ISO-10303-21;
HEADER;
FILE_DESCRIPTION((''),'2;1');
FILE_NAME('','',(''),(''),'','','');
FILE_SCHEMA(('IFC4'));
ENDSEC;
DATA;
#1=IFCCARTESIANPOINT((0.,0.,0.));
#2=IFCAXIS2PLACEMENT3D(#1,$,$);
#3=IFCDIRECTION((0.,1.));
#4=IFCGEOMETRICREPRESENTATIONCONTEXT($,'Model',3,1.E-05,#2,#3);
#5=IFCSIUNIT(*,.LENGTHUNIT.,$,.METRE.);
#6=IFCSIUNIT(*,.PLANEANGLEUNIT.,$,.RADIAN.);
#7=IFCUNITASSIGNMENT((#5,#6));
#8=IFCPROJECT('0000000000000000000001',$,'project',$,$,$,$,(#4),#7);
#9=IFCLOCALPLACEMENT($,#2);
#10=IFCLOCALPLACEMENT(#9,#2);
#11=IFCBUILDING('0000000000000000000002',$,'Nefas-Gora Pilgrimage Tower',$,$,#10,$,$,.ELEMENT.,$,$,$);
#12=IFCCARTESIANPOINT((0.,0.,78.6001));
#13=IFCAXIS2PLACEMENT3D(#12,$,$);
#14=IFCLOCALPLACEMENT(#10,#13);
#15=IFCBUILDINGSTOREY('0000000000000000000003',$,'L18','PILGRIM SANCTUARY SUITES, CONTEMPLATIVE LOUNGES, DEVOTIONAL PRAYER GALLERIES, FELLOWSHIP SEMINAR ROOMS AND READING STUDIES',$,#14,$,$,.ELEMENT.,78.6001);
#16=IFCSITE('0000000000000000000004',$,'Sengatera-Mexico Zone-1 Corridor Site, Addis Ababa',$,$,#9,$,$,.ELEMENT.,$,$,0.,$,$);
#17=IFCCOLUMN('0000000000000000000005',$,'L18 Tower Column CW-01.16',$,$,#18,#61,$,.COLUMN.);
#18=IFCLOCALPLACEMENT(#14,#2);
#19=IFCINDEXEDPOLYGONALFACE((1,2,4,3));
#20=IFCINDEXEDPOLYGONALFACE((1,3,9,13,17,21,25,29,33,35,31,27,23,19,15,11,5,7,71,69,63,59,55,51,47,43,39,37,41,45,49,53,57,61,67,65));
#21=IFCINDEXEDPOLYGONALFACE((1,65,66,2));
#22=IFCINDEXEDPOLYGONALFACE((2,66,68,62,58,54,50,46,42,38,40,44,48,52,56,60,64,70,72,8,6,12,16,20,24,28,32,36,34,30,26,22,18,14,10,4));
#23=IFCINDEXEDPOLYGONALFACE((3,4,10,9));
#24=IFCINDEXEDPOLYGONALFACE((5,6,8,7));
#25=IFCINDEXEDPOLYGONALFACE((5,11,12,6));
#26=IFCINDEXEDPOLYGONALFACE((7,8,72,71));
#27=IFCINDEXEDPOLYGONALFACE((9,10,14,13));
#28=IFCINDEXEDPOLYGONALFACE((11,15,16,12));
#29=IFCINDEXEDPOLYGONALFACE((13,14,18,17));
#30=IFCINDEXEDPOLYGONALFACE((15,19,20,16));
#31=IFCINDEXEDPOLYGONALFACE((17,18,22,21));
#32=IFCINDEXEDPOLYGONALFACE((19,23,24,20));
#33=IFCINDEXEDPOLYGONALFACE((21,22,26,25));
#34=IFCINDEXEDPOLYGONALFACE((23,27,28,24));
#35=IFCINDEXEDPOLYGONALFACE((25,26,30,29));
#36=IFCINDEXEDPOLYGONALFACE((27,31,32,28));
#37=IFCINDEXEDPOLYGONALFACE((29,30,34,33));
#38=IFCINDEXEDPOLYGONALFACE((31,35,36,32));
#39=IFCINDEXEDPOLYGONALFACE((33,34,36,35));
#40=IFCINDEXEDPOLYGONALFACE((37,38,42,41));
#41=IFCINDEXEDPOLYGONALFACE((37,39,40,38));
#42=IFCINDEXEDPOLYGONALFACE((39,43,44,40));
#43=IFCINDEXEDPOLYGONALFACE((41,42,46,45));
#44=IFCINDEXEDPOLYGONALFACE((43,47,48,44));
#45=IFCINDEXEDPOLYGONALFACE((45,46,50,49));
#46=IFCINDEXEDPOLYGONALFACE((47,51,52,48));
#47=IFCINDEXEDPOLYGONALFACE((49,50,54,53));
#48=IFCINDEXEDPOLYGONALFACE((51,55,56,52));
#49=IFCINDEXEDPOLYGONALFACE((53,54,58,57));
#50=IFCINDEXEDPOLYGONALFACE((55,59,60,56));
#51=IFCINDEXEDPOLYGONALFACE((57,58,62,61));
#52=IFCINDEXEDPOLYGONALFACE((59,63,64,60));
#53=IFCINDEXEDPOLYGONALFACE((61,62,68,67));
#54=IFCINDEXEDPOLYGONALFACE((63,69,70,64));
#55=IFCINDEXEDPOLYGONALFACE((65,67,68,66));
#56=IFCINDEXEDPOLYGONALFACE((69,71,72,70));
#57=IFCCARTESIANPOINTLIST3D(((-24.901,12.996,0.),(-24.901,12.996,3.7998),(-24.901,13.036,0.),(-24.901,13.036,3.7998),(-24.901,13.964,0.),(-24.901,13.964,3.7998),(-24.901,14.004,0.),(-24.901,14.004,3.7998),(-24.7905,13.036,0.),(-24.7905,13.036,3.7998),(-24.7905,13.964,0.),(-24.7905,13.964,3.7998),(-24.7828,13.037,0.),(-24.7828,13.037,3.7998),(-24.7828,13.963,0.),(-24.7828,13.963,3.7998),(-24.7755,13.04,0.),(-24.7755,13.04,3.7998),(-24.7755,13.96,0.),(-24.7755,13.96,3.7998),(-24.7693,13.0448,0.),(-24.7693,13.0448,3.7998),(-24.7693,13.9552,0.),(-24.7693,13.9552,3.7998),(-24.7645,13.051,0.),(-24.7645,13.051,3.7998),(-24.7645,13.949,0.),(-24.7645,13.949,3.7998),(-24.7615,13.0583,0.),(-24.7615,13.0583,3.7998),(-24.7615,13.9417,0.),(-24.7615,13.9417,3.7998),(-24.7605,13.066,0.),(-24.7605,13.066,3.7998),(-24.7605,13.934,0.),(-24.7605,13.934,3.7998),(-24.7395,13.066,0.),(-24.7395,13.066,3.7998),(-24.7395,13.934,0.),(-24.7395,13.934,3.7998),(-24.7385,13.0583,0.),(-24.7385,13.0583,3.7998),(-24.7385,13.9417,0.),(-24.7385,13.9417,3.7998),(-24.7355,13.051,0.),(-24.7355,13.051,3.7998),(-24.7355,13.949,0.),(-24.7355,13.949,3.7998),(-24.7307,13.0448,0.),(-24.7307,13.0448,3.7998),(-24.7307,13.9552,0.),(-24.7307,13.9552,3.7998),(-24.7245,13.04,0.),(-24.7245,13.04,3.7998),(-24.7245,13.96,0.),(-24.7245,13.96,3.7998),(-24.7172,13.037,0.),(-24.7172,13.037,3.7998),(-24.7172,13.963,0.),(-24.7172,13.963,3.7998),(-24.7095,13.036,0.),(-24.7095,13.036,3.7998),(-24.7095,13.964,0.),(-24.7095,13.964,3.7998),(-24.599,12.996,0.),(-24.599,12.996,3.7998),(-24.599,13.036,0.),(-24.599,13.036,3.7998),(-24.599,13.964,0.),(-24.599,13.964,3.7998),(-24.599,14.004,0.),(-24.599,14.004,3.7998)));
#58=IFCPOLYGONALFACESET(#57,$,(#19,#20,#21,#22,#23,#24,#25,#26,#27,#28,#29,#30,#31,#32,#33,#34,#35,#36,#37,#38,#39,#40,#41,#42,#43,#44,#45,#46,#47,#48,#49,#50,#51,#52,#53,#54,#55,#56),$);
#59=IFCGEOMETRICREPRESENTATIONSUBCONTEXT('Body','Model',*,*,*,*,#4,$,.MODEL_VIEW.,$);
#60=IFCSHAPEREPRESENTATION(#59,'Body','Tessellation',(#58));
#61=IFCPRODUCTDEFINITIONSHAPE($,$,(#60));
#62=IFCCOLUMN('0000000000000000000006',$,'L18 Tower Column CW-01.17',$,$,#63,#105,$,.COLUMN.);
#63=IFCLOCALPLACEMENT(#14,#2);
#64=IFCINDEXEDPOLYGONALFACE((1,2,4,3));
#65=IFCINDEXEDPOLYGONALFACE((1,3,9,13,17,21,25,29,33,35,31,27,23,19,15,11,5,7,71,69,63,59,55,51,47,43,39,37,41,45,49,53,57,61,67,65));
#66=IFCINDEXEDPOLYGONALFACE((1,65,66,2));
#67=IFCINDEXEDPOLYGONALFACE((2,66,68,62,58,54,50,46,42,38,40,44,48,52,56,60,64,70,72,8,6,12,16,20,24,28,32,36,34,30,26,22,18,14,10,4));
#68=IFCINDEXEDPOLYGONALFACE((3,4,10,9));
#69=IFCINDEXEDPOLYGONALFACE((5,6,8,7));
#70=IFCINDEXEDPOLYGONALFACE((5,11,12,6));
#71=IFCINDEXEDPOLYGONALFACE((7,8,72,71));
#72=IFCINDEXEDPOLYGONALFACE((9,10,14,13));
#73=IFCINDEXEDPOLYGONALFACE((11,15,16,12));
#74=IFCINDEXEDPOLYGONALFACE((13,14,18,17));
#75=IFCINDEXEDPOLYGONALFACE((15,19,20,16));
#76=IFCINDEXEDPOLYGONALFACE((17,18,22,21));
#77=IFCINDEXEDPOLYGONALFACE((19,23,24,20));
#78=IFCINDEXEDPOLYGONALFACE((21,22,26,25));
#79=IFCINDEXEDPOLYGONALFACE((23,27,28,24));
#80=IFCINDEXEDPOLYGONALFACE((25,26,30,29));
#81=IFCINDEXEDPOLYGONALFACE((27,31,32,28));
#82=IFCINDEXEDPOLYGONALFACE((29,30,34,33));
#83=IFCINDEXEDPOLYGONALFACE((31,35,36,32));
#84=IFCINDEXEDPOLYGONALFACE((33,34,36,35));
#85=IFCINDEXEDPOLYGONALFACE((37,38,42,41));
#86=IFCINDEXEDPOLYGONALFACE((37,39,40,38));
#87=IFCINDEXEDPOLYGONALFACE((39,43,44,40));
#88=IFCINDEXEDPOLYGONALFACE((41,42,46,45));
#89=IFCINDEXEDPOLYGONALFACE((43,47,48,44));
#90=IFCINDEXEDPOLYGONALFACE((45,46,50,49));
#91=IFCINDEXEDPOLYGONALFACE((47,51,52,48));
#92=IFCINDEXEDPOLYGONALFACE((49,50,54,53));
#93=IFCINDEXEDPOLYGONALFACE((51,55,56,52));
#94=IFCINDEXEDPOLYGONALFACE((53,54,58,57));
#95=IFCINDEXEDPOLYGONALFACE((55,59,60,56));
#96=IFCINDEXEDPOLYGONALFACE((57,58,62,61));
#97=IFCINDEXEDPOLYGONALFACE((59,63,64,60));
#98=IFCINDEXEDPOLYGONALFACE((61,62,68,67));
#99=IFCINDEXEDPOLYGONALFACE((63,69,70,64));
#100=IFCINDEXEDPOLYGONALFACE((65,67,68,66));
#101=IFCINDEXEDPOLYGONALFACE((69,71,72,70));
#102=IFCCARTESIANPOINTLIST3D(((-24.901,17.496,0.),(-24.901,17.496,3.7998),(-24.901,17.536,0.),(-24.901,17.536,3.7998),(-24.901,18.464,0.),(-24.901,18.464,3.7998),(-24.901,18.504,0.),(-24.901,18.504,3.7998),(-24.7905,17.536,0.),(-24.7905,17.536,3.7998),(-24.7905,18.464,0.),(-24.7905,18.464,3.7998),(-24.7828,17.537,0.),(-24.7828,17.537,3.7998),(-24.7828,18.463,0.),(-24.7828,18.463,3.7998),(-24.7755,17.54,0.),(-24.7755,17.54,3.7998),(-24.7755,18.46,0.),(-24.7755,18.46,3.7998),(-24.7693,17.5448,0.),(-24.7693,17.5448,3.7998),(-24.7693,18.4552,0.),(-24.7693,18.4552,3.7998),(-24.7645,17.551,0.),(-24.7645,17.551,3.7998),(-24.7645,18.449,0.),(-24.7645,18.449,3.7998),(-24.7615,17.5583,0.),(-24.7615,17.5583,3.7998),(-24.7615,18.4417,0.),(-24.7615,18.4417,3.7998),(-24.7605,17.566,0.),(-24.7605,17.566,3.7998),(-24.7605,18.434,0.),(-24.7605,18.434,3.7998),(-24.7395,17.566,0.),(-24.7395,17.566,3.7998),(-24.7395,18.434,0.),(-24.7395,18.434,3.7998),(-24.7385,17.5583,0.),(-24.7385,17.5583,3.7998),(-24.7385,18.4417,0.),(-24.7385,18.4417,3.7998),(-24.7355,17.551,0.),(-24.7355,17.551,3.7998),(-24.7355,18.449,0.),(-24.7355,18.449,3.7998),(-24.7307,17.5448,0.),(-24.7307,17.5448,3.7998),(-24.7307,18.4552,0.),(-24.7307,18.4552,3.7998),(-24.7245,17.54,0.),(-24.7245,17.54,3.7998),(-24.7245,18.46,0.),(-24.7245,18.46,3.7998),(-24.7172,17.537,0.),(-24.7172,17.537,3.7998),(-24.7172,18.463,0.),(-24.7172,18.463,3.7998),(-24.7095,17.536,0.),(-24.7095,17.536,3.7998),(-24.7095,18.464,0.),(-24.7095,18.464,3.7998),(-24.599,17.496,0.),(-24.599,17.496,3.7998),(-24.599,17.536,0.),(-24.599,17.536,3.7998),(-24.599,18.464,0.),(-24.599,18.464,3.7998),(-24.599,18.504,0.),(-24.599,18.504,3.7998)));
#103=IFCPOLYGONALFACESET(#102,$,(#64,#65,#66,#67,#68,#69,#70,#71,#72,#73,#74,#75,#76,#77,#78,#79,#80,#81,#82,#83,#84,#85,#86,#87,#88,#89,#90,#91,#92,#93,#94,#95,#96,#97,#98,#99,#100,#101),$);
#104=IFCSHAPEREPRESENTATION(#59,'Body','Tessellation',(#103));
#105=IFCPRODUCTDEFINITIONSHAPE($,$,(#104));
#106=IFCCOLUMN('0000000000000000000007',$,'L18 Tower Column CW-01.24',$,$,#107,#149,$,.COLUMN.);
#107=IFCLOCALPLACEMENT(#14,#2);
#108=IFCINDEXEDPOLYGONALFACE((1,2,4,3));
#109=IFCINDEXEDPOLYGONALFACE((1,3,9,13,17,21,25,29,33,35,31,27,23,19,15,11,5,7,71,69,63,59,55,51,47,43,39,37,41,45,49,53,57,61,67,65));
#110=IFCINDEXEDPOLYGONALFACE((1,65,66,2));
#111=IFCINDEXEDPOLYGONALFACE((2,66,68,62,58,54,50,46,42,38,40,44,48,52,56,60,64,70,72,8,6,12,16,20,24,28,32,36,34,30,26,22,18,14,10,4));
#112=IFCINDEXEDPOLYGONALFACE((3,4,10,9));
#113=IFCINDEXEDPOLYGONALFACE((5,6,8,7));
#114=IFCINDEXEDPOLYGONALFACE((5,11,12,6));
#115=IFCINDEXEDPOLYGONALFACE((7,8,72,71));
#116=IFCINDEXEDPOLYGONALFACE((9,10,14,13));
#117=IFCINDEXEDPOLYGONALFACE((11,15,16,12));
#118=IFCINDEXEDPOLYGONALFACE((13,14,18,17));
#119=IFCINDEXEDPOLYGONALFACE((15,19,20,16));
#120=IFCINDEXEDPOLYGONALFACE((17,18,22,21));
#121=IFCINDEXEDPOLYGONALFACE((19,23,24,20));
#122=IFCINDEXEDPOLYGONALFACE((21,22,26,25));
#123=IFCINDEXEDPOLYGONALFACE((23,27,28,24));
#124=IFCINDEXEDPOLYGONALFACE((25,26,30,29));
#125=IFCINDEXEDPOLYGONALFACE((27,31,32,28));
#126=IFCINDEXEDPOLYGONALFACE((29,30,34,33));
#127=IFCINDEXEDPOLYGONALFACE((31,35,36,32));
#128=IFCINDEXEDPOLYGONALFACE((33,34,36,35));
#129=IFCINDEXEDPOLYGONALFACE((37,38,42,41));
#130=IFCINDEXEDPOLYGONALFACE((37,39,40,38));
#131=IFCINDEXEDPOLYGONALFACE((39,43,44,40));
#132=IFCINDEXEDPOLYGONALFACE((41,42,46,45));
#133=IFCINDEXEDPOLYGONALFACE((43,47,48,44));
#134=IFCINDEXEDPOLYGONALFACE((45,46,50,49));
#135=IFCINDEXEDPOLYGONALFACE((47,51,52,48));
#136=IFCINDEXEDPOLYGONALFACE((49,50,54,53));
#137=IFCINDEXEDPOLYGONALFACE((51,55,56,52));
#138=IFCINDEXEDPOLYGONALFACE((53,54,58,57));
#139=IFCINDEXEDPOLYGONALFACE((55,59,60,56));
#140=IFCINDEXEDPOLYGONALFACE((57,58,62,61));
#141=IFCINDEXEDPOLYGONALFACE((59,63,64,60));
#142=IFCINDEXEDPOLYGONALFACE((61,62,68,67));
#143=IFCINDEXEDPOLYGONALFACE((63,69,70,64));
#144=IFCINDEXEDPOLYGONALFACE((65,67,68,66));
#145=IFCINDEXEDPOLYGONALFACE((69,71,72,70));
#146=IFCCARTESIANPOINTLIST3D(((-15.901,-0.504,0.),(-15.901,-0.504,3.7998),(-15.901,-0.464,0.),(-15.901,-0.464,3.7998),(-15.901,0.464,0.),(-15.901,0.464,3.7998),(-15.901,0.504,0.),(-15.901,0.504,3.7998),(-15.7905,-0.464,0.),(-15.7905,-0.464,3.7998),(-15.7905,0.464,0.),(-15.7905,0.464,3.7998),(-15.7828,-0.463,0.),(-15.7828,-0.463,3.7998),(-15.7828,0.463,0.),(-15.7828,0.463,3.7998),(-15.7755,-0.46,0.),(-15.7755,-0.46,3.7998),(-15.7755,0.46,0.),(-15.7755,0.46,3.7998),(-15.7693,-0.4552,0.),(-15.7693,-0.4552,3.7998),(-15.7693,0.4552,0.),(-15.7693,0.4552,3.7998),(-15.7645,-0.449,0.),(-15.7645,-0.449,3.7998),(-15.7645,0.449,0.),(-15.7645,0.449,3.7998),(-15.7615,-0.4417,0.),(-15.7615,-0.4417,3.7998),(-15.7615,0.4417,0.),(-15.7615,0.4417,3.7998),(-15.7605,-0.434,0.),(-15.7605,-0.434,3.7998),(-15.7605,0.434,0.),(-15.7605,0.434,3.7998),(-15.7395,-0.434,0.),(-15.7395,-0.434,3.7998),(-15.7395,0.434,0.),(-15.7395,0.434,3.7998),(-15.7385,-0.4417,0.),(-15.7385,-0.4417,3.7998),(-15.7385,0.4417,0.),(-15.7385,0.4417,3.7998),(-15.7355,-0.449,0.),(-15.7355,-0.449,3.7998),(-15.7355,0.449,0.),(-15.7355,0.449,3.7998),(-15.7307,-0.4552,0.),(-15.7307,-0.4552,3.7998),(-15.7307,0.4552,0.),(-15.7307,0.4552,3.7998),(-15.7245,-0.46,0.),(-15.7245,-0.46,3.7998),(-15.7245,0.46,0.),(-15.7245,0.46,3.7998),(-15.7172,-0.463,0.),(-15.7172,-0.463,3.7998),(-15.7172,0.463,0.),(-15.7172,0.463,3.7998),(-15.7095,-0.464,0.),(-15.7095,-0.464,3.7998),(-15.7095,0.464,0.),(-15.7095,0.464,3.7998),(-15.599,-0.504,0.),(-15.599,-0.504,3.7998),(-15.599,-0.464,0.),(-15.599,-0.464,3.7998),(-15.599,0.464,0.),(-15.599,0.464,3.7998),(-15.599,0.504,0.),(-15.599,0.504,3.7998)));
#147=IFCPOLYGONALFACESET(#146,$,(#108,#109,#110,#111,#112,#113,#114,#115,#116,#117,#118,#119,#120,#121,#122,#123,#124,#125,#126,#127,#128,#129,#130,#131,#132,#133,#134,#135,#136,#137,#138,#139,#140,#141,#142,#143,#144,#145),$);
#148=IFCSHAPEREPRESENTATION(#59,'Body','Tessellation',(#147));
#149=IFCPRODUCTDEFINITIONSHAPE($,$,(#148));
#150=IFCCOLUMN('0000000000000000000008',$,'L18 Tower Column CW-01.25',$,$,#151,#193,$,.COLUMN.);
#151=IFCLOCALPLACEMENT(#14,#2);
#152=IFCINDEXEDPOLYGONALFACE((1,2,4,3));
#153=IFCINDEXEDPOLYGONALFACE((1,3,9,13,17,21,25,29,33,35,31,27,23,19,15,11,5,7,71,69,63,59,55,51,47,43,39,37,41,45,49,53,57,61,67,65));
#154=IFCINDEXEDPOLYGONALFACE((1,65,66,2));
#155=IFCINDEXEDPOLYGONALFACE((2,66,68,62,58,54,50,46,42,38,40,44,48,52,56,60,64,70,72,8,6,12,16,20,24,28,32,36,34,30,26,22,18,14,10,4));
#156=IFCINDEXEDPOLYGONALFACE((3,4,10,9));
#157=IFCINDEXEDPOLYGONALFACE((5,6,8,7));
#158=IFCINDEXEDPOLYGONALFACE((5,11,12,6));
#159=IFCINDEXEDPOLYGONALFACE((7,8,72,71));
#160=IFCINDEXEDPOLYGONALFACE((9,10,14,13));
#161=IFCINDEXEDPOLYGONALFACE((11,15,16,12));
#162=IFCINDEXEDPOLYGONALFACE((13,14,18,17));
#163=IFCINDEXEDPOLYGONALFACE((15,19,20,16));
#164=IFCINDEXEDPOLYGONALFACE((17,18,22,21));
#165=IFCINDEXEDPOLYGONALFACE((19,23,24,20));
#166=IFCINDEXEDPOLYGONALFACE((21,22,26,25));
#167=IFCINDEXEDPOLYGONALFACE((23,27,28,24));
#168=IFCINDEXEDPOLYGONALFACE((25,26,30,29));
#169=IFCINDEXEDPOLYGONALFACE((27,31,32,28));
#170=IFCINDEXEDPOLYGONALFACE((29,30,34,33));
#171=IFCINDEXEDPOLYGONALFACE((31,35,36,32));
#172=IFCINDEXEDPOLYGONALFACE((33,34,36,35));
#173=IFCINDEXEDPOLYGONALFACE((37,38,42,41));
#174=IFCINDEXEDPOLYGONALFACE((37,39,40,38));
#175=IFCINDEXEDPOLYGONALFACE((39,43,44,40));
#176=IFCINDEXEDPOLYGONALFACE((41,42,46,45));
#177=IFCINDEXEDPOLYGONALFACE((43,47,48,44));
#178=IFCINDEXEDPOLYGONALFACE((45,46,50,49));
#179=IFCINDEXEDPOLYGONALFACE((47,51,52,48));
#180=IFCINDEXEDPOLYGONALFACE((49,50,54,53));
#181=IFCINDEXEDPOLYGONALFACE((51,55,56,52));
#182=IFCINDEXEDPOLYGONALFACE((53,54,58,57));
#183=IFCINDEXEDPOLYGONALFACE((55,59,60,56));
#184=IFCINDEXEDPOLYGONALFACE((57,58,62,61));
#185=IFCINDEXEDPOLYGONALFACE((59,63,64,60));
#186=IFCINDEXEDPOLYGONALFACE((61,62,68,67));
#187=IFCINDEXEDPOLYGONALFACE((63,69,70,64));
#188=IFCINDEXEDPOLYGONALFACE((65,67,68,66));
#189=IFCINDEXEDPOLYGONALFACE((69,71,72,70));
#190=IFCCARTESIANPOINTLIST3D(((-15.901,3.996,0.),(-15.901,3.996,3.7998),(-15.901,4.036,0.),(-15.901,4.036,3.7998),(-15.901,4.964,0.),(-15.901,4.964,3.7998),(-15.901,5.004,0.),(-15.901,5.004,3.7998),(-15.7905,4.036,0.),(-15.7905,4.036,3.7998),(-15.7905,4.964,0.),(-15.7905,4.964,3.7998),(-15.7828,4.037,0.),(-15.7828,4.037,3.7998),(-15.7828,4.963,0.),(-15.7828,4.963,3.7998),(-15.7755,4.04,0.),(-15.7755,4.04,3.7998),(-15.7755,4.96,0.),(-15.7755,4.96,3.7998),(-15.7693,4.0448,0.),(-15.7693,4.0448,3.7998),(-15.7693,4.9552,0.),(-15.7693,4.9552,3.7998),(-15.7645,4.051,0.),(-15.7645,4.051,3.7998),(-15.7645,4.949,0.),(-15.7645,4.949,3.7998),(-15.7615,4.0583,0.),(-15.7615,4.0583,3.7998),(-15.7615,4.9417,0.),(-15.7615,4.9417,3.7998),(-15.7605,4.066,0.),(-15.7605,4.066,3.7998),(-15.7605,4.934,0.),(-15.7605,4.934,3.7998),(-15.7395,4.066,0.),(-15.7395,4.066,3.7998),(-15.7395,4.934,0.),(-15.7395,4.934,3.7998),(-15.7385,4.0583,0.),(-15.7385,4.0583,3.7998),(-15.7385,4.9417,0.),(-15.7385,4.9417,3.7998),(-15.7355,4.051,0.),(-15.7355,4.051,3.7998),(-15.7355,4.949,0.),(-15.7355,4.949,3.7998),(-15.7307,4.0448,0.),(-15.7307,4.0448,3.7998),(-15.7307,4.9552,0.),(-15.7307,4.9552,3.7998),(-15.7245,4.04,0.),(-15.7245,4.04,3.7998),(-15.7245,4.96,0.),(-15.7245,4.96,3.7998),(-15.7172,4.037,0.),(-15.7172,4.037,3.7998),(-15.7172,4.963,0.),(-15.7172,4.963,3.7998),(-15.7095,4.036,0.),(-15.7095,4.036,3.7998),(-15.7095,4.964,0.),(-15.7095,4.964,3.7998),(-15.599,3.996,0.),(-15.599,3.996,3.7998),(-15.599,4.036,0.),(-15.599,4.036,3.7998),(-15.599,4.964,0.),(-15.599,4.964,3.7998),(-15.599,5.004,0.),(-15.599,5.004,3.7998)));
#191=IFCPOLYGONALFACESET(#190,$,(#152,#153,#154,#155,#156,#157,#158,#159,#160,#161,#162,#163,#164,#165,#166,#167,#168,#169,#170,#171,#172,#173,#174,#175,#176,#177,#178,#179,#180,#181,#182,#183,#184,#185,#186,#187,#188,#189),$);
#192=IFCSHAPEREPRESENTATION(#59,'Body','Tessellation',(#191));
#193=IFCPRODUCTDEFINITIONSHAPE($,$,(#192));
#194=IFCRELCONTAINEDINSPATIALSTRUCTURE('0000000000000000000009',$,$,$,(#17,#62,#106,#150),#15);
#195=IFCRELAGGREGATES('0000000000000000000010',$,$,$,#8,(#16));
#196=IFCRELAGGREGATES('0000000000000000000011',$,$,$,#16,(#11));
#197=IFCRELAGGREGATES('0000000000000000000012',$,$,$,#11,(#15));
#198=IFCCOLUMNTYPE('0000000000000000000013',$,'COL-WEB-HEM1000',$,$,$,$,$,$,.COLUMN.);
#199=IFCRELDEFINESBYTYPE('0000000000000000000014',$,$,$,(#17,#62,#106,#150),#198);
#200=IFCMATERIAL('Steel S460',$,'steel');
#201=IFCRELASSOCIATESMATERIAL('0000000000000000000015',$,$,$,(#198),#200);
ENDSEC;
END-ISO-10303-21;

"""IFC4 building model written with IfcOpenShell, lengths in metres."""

from ifc_helpers import new_model, si_unit, direction, frame, origin, origin_2d, place, context, subcontext, project, spatial, i_section, extrude, source, transform, mapped, material, material_profile, profile_set, type_object, element, save


model = new_model("IFC4")

# Units and contexts
model_context = context("Model", 3, precision=1e-05, world=origin(), true_north=direction((0.0, 1.0)))
body_context = subcontext(model_context, "Body", "Model", "MODEL_VIEW")
ifc_project = project(units=[si_unit("LENGTHUNIT", "METRE"), si_unit("PLANEANGLEUNIT", "RADIAN")], contexts=[model_context])

# Site, building, storey
site_placement = place(None, origin())
site = spatial("IfcSite", under=ifc_project, at=site_placement, Name="Sengatera-Mexico Zone-1 Corridor Site, Addis Ababa", CompositionType="ELEMENT", RefElevation=0.0)
building_placement = place(site_placement, origin())
building = spatial("IfcBuilding", under=site, at=building_placement, Name="Nefas-Gora Pilgrimage Tower", CompositionType="ELEMENT")
storey_placement = place(building_placement, frame((0.0, 0.0, 78.6001)))
storey = spatial("IfcBuildingStorey", under=building, at=storey_placement, Name="L18", Description="PILGRIM SANCTUARY SUITES, CONTEMPLATIVE LOUNGES, DEVOTIONAL PRAYER GALLERIES, FELLOWSHIP SEMINAR ROOMS AND READING STUDIES", CompositionType="ELEMENT", Elevation=78.6001)

# Columns
ifc_material_1 = material(Name="Steel S460", Category="steel")
ifc_material_profile_1 = material_profile(ifc_material_1, i_section(OverallWidth=0.302, OverallDepth=1.0081, WebThickness=0.021, FlangeThickness=0.04, FilletRadius=0.03, at=origin_2d()), Name="HEM 1000")
ifc_profile_set_1 = profile_set([ifc_material_profile_1], Name="Steel S460")
column_type_1 = type_object("IfcColumnType", Name="COL-WEB-HEM1000", PredefinedType="COLUMN", material=ifc_profile_set_1)
shared_shape_1 = source(origin(), body_context, "Body", "SweptSolid", [
    extrude(i_section(OverallWidth=0.302, OverallDepth=1.0081, WebThickness=0.021, FlangeThickness=0.04, FilletRadius=0.03, at=origin_2d()), origin(), (0.0, 0.0, 1.0), 3.7998),
])
for number, where, z_axis, x_axis, name in (
    (1, (-24.75, 13.5, 0.0), (0.0, 0.0, 1.0), (1.0, 0.0, 0.0), "L18 Tower Column CW-01.16"),
    (2, (-24.75, 18.0, 0.0), (0.0, 0.0, 1.0), (1.0, 0.0, 0.0), "L18 Tower Column CW-01.17"),
    (3, (-15.75, 0.0, 0.0), (0.0, 0.0, 1.0), (1.0, 0.0, 0.0), "L18 Tower Column CW-01.24"),
    (4, (-15.75, 4.5, 0.0), (0.0, 0.0, 1.0), (1.0, 0.0, 0.0), "L18 Tower Column CW-01.25"),
):
    element("IfcColumn", number, at=place(storey_placement, frame(where, z_axis=z_axis, x_axis=x_axis)), inside=storey, type_object=column_type_1, Name=name, PredefinedType="COLUMN", context=body_context, shape_type="MappedRepresentation", body=[
        mapped(shared_shape_1, transform((0.0, 0.0, 0.0), x_axis=(1.0, 0.0, 0.0), y_axis=(0.0, 1.0, 0.0), z_axis=(0.0, 0.0, 1.0), scale=1.0)),
    ])

save(model, "model.ifc")
